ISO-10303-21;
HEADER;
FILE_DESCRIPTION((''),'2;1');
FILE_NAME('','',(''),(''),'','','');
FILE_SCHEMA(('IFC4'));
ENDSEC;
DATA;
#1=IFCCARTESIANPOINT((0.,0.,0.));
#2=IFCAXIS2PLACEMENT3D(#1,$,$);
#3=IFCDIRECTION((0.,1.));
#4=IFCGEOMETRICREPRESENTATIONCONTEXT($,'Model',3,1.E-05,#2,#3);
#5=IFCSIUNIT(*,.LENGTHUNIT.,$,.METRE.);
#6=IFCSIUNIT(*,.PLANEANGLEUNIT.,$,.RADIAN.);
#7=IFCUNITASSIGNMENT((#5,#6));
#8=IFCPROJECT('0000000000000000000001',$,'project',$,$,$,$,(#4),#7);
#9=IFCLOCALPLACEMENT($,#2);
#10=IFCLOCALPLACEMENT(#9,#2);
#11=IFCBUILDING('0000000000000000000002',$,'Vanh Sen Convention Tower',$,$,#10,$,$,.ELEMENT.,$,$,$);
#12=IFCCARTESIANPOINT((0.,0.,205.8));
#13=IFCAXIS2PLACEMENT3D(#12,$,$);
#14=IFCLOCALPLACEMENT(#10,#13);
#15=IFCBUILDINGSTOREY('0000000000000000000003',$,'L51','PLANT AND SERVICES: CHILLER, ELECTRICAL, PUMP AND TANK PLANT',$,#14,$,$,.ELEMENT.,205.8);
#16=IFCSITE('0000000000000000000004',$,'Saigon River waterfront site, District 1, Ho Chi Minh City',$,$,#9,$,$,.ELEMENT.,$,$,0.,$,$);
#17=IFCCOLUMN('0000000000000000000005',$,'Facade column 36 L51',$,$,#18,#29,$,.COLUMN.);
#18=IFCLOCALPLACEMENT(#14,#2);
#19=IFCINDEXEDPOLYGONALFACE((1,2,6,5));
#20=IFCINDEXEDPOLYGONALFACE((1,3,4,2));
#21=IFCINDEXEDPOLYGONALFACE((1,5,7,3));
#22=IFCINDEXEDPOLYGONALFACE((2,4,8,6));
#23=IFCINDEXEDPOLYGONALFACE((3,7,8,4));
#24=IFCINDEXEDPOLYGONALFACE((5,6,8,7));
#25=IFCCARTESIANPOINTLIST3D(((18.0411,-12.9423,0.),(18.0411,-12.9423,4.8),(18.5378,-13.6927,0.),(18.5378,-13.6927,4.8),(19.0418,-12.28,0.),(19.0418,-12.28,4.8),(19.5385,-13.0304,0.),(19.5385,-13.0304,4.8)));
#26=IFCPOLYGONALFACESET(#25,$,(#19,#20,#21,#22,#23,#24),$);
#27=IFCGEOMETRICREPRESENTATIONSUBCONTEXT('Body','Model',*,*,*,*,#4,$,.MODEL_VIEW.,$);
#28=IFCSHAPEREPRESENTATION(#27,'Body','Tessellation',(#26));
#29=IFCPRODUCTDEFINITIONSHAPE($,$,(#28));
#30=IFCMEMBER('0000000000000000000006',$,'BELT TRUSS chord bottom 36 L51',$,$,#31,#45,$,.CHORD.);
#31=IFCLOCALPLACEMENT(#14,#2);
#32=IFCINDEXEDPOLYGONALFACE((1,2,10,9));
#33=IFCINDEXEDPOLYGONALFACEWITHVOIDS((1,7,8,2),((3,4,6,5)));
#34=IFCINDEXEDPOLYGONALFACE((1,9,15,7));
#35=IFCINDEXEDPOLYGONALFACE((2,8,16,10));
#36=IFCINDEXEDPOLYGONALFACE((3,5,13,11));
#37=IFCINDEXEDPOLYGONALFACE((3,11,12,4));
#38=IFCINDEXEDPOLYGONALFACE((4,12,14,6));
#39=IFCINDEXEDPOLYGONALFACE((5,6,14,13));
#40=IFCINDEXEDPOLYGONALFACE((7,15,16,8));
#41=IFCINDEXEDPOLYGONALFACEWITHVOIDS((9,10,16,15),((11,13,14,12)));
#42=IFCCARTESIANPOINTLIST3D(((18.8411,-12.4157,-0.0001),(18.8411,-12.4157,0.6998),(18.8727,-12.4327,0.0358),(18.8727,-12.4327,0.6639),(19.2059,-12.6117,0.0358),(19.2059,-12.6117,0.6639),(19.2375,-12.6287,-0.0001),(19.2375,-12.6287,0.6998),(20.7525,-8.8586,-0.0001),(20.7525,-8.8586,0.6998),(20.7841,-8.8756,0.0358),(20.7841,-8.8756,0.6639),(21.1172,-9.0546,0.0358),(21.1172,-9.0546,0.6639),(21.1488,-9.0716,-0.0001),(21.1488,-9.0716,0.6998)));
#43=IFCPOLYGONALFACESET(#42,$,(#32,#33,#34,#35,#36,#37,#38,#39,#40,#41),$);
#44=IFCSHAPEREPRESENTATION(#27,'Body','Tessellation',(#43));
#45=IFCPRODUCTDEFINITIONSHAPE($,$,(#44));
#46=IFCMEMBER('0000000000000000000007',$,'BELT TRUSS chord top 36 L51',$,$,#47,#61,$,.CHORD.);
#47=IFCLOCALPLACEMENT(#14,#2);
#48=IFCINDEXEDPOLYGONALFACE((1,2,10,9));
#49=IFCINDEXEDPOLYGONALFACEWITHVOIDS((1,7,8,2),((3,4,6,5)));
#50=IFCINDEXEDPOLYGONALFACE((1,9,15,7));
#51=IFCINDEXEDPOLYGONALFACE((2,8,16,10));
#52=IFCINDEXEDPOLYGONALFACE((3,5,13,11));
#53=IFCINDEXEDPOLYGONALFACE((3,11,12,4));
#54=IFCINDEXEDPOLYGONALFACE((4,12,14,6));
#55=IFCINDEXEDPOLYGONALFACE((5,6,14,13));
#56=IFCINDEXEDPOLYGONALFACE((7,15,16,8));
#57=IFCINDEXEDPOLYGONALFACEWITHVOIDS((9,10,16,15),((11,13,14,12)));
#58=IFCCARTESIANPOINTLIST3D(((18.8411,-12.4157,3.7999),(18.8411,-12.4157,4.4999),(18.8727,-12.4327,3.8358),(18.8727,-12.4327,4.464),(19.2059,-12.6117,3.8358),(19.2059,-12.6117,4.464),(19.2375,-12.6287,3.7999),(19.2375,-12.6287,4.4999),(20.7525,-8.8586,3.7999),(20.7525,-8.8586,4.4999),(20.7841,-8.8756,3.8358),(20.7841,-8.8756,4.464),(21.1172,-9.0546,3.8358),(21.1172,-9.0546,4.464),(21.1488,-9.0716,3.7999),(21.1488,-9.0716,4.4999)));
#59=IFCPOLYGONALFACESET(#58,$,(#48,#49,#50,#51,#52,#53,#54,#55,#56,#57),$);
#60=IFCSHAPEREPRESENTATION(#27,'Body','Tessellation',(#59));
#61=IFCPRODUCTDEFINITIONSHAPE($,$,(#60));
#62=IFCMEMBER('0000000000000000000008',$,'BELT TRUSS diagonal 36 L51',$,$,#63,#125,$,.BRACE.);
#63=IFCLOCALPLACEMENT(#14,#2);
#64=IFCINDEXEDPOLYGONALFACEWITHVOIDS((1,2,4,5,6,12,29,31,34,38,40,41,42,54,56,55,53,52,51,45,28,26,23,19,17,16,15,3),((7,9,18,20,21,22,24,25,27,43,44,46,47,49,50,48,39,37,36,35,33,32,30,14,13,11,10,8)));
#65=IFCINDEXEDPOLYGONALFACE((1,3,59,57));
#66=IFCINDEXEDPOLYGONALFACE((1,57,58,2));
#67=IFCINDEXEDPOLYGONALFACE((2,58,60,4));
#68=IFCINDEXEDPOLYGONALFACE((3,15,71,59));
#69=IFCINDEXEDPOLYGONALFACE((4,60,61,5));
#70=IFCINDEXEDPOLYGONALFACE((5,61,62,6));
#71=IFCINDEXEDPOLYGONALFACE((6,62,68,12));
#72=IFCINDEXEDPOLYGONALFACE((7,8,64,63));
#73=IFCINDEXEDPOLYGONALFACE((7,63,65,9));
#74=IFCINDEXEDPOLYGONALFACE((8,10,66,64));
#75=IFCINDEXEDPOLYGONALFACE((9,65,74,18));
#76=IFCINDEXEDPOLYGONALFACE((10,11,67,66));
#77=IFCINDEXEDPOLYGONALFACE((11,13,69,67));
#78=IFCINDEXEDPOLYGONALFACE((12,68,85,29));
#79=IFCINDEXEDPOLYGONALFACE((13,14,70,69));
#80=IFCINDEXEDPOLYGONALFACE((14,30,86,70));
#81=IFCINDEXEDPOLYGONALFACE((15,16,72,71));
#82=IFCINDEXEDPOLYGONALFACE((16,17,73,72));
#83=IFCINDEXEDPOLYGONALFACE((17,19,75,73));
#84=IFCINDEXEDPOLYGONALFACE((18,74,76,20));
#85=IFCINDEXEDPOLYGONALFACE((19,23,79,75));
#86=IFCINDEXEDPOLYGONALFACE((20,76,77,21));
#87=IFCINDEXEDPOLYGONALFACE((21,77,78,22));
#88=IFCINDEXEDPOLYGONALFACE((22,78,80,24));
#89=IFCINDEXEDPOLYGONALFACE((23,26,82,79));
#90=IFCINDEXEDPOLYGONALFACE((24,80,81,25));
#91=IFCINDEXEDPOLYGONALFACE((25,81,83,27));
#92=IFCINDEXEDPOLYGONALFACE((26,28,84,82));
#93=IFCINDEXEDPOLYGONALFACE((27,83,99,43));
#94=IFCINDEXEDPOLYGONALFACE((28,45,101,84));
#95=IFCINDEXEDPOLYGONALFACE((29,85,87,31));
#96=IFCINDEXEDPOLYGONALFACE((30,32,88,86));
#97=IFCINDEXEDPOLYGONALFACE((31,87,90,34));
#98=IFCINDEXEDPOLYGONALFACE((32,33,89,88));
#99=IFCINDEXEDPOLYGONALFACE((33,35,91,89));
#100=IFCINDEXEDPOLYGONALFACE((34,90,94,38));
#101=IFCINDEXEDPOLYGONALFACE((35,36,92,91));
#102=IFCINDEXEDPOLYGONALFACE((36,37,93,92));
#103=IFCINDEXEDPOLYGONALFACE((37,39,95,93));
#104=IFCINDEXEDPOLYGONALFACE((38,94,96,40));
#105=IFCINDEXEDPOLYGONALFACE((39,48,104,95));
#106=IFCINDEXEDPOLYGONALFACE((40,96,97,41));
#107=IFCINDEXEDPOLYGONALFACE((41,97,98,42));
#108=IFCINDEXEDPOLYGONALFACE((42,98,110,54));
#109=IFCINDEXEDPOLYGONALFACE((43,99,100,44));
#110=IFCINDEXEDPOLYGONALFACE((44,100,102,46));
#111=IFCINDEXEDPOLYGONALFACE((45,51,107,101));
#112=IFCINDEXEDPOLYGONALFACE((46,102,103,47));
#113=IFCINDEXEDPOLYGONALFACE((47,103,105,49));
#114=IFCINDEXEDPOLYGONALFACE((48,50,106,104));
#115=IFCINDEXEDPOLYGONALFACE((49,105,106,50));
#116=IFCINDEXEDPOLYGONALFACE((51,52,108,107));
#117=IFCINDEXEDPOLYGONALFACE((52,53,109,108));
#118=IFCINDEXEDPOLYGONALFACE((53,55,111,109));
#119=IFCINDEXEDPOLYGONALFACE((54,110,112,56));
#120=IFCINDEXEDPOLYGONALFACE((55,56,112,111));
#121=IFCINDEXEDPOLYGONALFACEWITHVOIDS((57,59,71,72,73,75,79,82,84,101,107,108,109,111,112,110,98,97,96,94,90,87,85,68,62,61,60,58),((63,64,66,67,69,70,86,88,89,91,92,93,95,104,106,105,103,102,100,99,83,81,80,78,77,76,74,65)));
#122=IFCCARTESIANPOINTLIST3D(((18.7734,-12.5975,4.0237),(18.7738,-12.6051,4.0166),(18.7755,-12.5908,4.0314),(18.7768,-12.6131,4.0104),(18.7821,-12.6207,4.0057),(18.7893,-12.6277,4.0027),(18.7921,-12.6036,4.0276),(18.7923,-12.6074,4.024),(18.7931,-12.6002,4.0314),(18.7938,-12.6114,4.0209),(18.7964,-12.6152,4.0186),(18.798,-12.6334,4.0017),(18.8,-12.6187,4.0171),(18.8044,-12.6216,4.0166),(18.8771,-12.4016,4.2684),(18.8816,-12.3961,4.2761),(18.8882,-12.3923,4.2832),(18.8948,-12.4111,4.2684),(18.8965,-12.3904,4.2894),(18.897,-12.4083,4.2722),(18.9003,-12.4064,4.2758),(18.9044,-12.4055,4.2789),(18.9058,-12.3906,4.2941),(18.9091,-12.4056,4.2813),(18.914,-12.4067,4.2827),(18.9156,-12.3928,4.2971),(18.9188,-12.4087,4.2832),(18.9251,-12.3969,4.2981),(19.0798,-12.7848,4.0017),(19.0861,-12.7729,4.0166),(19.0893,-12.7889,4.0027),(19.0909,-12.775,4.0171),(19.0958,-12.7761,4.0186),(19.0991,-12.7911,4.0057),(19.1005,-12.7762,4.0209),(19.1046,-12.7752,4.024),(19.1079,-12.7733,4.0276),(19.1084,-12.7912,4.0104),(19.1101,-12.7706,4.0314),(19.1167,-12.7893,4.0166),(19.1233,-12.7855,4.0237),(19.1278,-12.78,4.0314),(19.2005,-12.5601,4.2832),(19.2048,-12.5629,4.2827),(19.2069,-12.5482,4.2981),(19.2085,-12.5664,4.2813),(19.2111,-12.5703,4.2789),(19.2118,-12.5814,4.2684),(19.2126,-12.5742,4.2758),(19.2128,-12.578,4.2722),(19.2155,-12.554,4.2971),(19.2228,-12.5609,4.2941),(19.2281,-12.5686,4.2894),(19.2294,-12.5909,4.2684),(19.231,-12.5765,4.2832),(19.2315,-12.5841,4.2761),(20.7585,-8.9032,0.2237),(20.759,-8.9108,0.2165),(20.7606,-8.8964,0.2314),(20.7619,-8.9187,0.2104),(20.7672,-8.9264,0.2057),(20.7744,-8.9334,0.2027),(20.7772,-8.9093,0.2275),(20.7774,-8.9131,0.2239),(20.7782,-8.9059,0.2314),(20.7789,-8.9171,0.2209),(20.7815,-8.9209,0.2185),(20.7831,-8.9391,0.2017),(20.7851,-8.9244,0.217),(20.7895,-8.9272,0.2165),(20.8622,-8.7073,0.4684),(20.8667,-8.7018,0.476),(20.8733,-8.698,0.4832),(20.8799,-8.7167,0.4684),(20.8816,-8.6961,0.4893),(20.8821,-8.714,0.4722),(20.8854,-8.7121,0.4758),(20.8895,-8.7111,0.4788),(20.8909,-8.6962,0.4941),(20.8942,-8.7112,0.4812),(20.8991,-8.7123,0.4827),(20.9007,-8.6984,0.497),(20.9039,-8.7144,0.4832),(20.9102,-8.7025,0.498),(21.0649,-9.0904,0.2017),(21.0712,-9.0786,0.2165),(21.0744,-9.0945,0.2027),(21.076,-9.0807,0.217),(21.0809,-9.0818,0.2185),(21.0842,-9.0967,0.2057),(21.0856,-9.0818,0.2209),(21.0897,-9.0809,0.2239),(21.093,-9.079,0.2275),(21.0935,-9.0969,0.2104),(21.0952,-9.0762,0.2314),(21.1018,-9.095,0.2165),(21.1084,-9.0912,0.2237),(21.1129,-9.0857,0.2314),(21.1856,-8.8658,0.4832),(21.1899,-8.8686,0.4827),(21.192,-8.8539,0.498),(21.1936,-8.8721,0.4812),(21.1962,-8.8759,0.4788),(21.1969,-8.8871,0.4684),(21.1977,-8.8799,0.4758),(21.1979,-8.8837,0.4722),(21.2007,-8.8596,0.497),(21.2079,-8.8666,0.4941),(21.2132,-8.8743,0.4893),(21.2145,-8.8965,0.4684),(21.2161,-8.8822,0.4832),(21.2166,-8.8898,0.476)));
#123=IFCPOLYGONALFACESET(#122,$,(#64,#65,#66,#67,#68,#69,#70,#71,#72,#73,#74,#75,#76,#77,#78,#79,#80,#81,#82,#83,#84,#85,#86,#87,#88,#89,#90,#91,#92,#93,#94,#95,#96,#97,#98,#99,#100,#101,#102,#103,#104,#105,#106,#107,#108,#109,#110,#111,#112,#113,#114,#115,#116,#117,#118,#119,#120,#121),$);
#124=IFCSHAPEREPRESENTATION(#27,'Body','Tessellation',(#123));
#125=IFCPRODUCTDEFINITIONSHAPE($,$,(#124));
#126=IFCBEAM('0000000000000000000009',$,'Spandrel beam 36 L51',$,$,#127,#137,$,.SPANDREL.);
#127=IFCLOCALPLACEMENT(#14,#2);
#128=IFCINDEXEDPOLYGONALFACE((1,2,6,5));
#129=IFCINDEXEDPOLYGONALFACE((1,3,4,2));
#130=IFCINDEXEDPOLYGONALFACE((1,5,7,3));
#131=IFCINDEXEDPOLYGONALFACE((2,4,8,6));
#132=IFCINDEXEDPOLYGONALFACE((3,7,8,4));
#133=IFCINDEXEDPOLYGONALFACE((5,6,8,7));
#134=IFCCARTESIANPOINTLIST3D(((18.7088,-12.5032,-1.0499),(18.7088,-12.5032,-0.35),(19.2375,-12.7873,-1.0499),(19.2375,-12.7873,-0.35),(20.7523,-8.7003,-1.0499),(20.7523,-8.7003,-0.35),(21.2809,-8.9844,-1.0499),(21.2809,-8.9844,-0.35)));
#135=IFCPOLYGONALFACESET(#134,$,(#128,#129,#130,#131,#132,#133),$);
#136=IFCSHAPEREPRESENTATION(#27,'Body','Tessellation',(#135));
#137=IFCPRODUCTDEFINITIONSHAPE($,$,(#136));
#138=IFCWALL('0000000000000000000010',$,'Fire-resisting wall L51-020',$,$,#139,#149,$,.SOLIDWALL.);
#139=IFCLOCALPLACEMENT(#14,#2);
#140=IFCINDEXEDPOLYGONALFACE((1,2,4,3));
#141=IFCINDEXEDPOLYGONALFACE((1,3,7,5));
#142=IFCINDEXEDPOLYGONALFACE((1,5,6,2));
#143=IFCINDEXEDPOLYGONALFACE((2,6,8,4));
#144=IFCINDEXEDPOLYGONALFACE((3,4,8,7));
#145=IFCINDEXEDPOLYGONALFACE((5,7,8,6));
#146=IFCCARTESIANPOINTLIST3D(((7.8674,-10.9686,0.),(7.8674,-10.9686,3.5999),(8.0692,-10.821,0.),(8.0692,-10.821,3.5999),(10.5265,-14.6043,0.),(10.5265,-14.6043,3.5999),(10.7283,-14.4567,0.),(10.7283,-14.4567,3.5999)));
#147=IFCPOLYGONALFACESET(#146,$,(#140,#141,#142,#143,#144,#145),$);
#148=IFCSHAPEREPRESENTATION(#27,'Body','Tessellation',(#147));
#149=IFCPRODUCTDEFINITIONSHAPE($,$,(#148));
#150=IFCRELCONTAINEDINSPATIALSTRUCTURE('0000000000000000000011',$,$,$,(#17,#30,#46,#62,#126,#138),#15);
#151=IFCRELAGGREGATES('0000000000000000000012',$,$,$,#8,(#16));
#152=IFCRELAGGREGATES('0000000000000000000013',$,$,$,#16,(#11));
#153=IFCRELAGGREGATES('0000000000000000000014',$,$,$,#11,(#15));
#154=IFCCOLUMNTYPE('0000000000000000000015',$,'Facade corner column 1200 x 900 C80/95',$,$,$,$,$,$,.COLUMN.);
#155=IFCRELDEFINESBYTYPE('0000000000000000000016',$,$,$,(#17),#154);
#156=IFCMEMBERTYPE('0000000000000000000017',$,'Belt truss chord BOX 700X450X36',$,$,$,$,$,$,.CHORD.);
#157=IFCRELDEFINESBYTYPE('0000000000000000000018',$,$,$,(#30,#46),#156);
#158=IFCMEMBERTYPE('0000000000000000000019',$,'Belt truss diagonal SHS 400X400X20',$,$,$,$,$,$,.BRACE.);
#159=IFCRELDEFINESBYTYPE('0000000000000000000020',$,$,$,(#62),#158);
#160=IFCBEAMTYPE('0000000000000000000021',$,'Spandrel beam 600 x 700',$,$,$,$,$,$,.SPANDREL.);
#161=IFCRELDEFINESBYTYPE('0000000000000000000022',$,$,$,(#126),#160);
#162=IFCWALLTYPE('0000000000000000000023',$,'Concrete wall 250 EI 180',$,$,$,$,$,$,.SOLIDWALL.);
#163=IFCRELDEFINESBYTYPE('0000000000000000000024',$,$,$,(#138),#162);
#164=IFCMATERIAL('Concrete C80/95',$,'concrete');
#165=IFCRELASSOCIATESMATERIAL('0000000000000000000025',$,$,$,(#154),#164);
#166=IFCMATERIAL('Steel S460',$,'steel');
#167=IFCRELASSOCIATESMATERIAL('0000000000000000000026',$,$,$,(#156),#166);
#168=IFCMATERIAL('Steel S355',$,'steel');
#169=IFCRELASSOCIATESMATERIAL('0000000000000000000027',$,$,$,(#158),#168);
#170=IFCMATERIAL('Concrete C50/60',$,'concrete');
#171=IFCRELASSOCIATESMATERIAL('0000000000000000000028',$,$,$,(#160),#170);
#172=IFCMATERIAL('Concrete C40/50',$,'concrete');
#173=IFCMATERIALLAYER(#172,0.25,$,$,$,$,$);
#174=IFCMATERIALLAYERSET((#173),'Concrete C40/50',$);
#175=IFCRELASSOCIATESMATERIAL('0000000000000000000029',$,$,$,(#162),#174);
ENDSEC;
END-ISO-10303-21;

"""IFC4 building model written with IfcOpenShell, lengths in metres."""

from ifc_helpers import new_model, si_unit, direction, frame, frame_2d, origin, origin_2d, place, context, subcontext, project, spatial, rectangle, hollow_rectangle, extrude, material, layer, layer_set, material_profile, profile_set, type_object, element, save


model = new_model("IFC4")

# Units and contexts
model_context = context("Model", 3, precision=1e-05, world=origin(), true_north=direction((0.0, 1.0)))
body_context = subcontext(model_context, "Body", "Model", "MODEL_VIEW")
ifc_project = project(units=[si_unit("LENGTHUNIT", "METRE"), si_unit("PLANEANGLEUNIT", "RADIAN")], contexts=[model_context])

# Site, building, storey
site_placement = place(None, origin())
site = spatial("IfcSite", under=ifc_project, at=site_placement, Name="Saigon River waterfront site, District 1, Ho Chi Minh City", CompositionType="ELEMENT", RefElevation=0.0)
building_placement = place(site_placement, origin())
building = spatial("IfcBuilding", under=site, at=building_placement, Name="Vanh Sen Convention Tower", CompositionType="ELEMENT")
storey_placement = place(building_placement, frame((0.0, 0.0, 205.8)))
storey = spatial("IfcBuildingStorey", under=building, at=storey_placement, Name="L51", Description="PLANT AND SERVICES: CHILLER, ELECTRICAL, PUMP AND TANK PLANT", CompositionType="ELEMENT", Elevation=205.8)

# Column
ifc_material_1 = material(Name="Concrete C80/95", Category="concrete")
ifc_material_profile_1 = material_profile(ifc_material_1, rectangle(XDim=1.2, YDim=0.8999, at=origin_2d()), Name="RC 1200X900")
ifc_profile_set_1 = profile_set([ifc_material_profile_1], Name="Concrete C80/95")
column_type = type_object("IfcColumnType", Name="Facade corner column 1200 x 900 C80/95", PredefinedType="COLUMN", material=ifc_profile_set_1)
column_placement = place(storey_placement, frame((18.7898, -12.9863, 0.0), z_axis=(0.0, 0.0, 1.0), x_axis=(0.833886, 0.551937, 0.0)))
element("IfcColumn", 1, at=column_placement, inside=storey, type_object=column_type, Name="Facade column 36 L51", PredefinedType="COLUMN", context=body_context, shape_type="SweptSolid", body=[
    extrude(rectangle(XDim=1.2, YDim=0.8999, at=origin_2d()), origin(), (0.0, 0.0, 1.0), 4.8),
])

# Members
ifc_material_2 = material(Name="Steel S460", Category="steel")
ifc_material_profile_2 = material_profile(ifc_material_2, hollow_rectangle(XDim=0.45, YDim=0.7, WallThickness=0.0359, at=origin_2d()), Name="BOX 700X450X36")
ifc_profile_set_2 = profile_set([ifc_material_profile_2], Name="Steel S460")
member_type_1 = type_object("IfcMemberType", Name="Belt truss chord BOX 700X450X36", PredefinedType="CHORD", material=ifc_profile_set_2)
for number, where, z_axis, x_axis, name in (
    (2, (19.0393, -12.5222, 0.3499), (0.473332, 0.880884, 0.0), (-0.880884, 0.473332, 0.0), "BELT TRUSS chord bottom 36 L51"),
    (3, (19.0393, -12.5222, 4.1499), (0.473332, 0.880884, 0.0), (-0.880884, 0.473332, 0.0), "BELT TRUSS chord top 36 L51"),
):
    element("IfcMember", number, at=place(storey_placement, frame(where, z_axis=z_axis, x_axis=x_axis)), inside=storey, type_object=member_type_1, Name=name, PredefinedType="CHORD", context=body_context, shape_type="SweptSolid", body=[
        extrude(hollow_rectangle(XDim=0.45, YDim=0.7, WallThickness=0.0359, at=origin_2d()), origin(), (0.0, 0.0, 1.0), 4.0381),
    ])
ifc_material_3 = material(Name="Steel S355", Category="steel")
ifc_material_profile_3 = material_profile(ifc_material_3, hollow_rectangle(XDim=0.3999, YDim=0.3999, WallThickness=0.02, InnerFilletRadius=0.02, OuterFilletRadius=0.04, at=origin_2d()), Name="SHS 400X400X20")
ifc_profile_set_3 = profile_set([ifc_material_profile_3], Name="Steel S355")
member_type_2 = type_object("IfcMemberType", Name="Belt truss diagonal SHS 400X400X20", PredefinedType="BRACE", material=ifc_profile_set_3)
member_placement = place(storey_placement, frame((19.0024, -12.5908, 4.1499), z_axis=(0.350761, 0.652775, -0.671454), x_axis=(-0.880884, 0.473332, 0.0)))
element("IfcMember", 4, at=member_placement, inside=storey, type_object=member_type_2, Name="BELT TRUSS diagonal 36 L51", PredefinedType="BRACE", context=body_context, shape_type="SweptSolid", body=[
    extrude(hollow_rectangle(XDim=0.3999, YDim=0.3999, WallThickness=0.02, InnerFilletRadius=0.02, OuterFilletRadius=0.04, at=origin_2d()), origin(), (0.0, 0.0, 1.0), 5.6594),
])

# Beam
ifc_material_4 = material(Name="Concrete C50/60", Category="concrete")
ifc_material_profile_4 = material_profile(ifc_material_4, rectangle(XDim=0.6001, YDim=0.7, at=origin_2d()), Name="RC 600X700")
ifc_profile_set_4 = profile_set([ifc_material_profile_4], Name="Concrete C50/60")
beam_type = type_object("IfcBeamType", Name="Spandrel beam 600 x 700", PredefinedType="SPANDREL", material=ifc_profile_set_4)
beam_placement = place(storey_placement, frame((18.9731, -12.6453, -0.7), z_axis=(0.473327, 0.880887, 0.0), x_axis=(-0.880887, 0.473327, 0.0)))
element("IfcBeam", 5, at=beam_placement, inside=storey, type_object=beam_type, Name="Spandrel beam 36 L51", PredefinedType="SPANDREL", context=body_context, shape_type="SweptSolid", body=[
    extrude(rectangle(XDim=0.6001, YDim=0.7, at=origin_2d()), origin(), (0.0, 0.0, 1.0), 4.3171),
])

# Wall
ifc_material_5 = material(Name="Concrete C40/50", Category="concrete")
ifc_layer_1 = layer(ifc_material_5, 0.25)
ifc_layer_set_1 = layer_set([ifc_layer_1], Name="Concrete C40/50")
wall_type_1 = type_object("IfcWallType", Name="Concrete wall 250 EI 180", PredefinedType="SOLIDWALL", material=ifc_layer_set_1)
wall_1_placement = place(storey_placement, frame((7.9683, -10.8948, 0.0), z_axis=(0.0, 0.0, 1.0), x_axis=(0.590348, -0.807149, 0.0)))
element("IfcWall", 6, at=wall_1_placement, inside=storey, type_object=wall_type_1, Name="Fire-resisting wall L51-020", PredefinedType="SOLIDWALL", context=body_context, shape_type="SweptSolid", body=[
    extrude(rectangle(XDim=4.5044, YDim=0.25, at=frame_2d((2.2522, 0.0))), origin(), (0.0, 0.0, 1.0), 3.5999),
])

save(model, "model.ifc")
